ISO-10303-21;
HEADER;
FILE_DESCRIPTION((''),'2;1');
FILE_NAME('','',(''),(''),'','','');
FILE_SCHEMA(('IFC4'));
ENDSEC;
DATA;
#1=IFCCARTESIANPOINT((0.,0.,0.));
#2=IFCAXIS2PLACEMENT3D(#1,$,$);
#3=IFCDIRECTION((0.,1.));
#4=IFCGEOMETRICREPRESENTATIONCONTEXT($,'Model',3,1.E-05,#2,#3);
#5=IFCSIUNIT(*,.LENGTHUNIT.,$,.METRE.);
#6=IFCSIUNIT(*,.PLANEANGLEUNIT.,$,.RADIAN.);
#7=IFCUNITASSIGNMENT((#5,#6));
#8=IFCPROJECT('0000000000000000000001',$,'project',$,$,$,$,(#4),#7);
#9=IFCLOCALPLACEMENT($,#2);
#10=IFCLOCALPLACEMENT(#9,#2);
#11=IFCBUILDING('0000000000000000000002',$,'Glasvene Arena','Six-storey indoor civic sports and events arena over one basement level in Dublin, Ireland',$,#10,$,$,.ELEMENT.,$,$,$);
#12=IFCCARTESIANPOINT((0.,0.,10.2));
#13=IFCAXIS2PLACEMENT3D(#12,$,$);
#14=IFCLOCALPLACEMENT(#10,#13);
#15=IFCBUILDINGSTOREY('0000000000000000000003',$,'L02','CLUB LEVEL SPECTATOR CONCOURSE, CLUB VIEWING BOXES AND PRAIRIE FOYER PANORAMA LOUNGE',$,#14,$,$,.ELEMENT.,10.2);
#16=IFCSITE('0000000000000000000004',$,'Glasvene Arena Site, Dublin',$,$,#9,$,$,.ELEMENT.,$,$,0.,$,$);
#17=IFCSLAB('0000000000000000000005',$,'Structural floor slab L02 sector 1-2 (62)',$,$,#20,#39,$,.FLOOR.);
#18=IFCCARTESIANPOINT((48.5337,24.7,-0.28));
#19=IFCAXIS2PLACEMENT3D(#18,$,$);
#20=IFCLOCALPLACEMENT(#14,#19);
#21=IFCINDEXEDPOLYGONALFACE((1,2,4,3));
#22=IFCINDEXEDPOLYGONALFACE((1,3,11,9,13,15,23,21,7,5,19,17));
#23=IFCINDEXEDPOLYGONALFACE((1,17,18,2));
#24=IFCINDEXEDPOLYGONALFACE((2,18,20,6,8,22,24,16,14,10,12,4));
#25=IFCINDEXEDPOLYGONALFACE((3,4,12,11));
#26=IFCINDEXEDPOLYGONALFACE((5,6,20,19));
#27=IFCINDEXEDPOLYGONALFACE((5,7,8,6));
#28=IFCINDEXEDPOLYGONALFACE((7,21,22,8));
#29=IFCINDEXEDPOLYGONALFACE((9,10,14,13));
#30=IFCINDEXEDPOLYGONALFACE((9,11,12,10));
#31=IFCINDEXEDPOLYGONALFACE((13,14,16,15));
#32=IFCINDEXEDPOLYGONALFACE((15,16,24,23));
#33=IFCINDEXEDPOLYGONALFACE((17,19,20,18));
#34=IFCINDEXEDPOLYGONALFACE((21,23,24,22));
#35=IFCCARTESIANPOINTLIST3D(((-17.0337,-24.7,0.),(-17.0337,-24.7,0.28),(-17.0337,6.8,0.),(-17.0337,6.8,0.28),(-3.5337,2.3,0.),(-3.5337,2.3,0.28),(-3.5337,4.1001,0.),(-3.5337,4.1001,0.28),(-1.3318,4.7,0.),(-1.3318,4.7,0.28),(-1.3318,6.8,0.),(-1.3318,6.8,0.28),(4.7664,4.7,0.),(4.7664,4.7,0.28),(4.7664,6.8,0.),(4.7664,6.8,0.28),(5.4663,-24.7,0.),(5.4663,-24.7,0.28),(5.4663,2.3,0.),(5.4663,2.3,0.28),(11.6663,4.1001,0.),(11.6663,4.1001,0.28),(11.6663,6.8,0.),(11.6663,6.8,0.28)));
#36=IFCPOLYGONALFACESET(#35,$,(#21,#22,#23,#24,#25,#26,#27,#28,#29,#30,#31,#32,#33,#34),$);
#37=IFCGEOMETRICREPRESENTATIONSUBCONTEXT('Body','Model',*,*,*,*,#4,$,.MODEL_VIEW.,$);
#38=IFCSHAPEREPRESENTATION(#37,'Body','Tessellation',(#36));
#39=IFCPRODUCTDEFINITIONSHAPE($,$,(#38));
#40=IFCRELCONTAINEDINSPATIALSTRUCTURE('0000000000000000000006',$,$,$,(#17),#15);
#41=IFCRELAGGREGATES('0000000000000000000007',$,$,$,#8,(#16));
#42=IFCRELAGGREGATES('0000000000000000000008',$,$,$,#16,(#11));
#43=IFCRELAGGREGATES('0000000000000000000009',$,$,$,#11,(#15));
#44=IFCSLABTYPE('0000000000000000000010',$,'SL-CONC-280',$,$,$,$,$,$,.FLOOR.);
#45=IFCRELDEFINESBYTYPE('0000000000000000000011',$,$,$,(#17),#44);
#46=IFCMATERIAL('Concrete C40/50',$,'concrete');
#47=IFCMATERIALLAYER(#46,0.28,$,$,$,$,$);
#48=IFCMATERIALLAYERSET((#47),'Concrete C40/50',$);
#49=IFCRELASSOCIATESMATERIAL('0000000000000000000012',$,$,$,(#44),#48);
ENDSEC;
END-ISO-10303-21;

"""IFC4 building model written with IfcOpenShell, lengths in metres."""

from ifc_helpers import new_model, si_unit, direction, frame, origin, place, context, subcontext, project, spatial, polyline, outline, extrude, material, layer, layer_set, type_object, element, save


model = new_model("IFC4")

# Units and contexts
model_context = context("Model", 3, precision=1e-05, world=origin(), true_north=direction((0.0, 1.0)))
body_context = subcontext(model_context, "Body", "Model", "MODEL_VIEW")
ifc_project = project(units=[si_unit("LENGTHUNIT", "METRE"), si_unit("PLANEANGLEUNIT", "RADIAN")], contexts=[model_context])

# Site, building, storey
site_placement = place(None, origin())
site = spatial("IfcSite", under=ifc_project, at=site_placement, Name="Glasvene Arena Site, Dublin", CompositionType="ELEMENT", RefElevation=0.0)
building_placement = place(site_placement, origin())
building = spatial("IfcBuilding", under=site, at=building_placement, Name="Glasvene Arena", Description="Six-storey indoor civic sports and events arena over one basement level in Dublin, Ireland", CompositionType="ELEMENT")
storey_placement = place(building_placement, frame((0.0, 0.0, 10.2)))
storey = spatial("IfcBuildingStorey", under=building, at=storey_placement, Name="L02", Description="CLUB LEVEL SPECTATOR CONCOURSE, CLUB VIEWING BOXES AND PRAIRIE FOYER PANORAMA LOUNGE", CompositionType="ELEMENT", Elevation=10.2)

# Slab
ifc_material_1 = material(Name="Concrete C40/50", Category="concrete")
ifc_layer_1 = layer(ifc_material_1, 0.28)
ifc_layer_set_1 = layer_set([ifc_layer_1], Name="Concrete C40/50")
slab_type = type_object("IfcSlabType", Name="SL-CONC-280", PredefinedType="FLOOR", material=ifc_layer_set_1)
slab_placement = place(storey_placement, frame((48.5337, 24.7, -0.28)))
element("IfcSlab", 1, at=slab_placement, inside=storey, type_object=slab_type, Name="Structural floor slab L02 sector 1-2 (62)", PredefinedType="FLOOR", context=body_context, shape_type="SweptSolid", body=[
    extrude(outline(polyline([(5.4663, 2.3), (5.4663, -24.7), (-17.0337, -24.7), (-17.0337, 6.8), (-1.3318, 6.8), (-1.3318, 4.7), (4.7664, 4.7), (4.7664, 6.8), (11.6663, 6.8), (11.6663, 4.1001), (-3.5337, 4.1001), (-3.5337, 2.3), (5.4663, 2.3)])), origin(), (0.0, 0.0, 1.0), 0.28),
])

save(model, "model.ifc")
